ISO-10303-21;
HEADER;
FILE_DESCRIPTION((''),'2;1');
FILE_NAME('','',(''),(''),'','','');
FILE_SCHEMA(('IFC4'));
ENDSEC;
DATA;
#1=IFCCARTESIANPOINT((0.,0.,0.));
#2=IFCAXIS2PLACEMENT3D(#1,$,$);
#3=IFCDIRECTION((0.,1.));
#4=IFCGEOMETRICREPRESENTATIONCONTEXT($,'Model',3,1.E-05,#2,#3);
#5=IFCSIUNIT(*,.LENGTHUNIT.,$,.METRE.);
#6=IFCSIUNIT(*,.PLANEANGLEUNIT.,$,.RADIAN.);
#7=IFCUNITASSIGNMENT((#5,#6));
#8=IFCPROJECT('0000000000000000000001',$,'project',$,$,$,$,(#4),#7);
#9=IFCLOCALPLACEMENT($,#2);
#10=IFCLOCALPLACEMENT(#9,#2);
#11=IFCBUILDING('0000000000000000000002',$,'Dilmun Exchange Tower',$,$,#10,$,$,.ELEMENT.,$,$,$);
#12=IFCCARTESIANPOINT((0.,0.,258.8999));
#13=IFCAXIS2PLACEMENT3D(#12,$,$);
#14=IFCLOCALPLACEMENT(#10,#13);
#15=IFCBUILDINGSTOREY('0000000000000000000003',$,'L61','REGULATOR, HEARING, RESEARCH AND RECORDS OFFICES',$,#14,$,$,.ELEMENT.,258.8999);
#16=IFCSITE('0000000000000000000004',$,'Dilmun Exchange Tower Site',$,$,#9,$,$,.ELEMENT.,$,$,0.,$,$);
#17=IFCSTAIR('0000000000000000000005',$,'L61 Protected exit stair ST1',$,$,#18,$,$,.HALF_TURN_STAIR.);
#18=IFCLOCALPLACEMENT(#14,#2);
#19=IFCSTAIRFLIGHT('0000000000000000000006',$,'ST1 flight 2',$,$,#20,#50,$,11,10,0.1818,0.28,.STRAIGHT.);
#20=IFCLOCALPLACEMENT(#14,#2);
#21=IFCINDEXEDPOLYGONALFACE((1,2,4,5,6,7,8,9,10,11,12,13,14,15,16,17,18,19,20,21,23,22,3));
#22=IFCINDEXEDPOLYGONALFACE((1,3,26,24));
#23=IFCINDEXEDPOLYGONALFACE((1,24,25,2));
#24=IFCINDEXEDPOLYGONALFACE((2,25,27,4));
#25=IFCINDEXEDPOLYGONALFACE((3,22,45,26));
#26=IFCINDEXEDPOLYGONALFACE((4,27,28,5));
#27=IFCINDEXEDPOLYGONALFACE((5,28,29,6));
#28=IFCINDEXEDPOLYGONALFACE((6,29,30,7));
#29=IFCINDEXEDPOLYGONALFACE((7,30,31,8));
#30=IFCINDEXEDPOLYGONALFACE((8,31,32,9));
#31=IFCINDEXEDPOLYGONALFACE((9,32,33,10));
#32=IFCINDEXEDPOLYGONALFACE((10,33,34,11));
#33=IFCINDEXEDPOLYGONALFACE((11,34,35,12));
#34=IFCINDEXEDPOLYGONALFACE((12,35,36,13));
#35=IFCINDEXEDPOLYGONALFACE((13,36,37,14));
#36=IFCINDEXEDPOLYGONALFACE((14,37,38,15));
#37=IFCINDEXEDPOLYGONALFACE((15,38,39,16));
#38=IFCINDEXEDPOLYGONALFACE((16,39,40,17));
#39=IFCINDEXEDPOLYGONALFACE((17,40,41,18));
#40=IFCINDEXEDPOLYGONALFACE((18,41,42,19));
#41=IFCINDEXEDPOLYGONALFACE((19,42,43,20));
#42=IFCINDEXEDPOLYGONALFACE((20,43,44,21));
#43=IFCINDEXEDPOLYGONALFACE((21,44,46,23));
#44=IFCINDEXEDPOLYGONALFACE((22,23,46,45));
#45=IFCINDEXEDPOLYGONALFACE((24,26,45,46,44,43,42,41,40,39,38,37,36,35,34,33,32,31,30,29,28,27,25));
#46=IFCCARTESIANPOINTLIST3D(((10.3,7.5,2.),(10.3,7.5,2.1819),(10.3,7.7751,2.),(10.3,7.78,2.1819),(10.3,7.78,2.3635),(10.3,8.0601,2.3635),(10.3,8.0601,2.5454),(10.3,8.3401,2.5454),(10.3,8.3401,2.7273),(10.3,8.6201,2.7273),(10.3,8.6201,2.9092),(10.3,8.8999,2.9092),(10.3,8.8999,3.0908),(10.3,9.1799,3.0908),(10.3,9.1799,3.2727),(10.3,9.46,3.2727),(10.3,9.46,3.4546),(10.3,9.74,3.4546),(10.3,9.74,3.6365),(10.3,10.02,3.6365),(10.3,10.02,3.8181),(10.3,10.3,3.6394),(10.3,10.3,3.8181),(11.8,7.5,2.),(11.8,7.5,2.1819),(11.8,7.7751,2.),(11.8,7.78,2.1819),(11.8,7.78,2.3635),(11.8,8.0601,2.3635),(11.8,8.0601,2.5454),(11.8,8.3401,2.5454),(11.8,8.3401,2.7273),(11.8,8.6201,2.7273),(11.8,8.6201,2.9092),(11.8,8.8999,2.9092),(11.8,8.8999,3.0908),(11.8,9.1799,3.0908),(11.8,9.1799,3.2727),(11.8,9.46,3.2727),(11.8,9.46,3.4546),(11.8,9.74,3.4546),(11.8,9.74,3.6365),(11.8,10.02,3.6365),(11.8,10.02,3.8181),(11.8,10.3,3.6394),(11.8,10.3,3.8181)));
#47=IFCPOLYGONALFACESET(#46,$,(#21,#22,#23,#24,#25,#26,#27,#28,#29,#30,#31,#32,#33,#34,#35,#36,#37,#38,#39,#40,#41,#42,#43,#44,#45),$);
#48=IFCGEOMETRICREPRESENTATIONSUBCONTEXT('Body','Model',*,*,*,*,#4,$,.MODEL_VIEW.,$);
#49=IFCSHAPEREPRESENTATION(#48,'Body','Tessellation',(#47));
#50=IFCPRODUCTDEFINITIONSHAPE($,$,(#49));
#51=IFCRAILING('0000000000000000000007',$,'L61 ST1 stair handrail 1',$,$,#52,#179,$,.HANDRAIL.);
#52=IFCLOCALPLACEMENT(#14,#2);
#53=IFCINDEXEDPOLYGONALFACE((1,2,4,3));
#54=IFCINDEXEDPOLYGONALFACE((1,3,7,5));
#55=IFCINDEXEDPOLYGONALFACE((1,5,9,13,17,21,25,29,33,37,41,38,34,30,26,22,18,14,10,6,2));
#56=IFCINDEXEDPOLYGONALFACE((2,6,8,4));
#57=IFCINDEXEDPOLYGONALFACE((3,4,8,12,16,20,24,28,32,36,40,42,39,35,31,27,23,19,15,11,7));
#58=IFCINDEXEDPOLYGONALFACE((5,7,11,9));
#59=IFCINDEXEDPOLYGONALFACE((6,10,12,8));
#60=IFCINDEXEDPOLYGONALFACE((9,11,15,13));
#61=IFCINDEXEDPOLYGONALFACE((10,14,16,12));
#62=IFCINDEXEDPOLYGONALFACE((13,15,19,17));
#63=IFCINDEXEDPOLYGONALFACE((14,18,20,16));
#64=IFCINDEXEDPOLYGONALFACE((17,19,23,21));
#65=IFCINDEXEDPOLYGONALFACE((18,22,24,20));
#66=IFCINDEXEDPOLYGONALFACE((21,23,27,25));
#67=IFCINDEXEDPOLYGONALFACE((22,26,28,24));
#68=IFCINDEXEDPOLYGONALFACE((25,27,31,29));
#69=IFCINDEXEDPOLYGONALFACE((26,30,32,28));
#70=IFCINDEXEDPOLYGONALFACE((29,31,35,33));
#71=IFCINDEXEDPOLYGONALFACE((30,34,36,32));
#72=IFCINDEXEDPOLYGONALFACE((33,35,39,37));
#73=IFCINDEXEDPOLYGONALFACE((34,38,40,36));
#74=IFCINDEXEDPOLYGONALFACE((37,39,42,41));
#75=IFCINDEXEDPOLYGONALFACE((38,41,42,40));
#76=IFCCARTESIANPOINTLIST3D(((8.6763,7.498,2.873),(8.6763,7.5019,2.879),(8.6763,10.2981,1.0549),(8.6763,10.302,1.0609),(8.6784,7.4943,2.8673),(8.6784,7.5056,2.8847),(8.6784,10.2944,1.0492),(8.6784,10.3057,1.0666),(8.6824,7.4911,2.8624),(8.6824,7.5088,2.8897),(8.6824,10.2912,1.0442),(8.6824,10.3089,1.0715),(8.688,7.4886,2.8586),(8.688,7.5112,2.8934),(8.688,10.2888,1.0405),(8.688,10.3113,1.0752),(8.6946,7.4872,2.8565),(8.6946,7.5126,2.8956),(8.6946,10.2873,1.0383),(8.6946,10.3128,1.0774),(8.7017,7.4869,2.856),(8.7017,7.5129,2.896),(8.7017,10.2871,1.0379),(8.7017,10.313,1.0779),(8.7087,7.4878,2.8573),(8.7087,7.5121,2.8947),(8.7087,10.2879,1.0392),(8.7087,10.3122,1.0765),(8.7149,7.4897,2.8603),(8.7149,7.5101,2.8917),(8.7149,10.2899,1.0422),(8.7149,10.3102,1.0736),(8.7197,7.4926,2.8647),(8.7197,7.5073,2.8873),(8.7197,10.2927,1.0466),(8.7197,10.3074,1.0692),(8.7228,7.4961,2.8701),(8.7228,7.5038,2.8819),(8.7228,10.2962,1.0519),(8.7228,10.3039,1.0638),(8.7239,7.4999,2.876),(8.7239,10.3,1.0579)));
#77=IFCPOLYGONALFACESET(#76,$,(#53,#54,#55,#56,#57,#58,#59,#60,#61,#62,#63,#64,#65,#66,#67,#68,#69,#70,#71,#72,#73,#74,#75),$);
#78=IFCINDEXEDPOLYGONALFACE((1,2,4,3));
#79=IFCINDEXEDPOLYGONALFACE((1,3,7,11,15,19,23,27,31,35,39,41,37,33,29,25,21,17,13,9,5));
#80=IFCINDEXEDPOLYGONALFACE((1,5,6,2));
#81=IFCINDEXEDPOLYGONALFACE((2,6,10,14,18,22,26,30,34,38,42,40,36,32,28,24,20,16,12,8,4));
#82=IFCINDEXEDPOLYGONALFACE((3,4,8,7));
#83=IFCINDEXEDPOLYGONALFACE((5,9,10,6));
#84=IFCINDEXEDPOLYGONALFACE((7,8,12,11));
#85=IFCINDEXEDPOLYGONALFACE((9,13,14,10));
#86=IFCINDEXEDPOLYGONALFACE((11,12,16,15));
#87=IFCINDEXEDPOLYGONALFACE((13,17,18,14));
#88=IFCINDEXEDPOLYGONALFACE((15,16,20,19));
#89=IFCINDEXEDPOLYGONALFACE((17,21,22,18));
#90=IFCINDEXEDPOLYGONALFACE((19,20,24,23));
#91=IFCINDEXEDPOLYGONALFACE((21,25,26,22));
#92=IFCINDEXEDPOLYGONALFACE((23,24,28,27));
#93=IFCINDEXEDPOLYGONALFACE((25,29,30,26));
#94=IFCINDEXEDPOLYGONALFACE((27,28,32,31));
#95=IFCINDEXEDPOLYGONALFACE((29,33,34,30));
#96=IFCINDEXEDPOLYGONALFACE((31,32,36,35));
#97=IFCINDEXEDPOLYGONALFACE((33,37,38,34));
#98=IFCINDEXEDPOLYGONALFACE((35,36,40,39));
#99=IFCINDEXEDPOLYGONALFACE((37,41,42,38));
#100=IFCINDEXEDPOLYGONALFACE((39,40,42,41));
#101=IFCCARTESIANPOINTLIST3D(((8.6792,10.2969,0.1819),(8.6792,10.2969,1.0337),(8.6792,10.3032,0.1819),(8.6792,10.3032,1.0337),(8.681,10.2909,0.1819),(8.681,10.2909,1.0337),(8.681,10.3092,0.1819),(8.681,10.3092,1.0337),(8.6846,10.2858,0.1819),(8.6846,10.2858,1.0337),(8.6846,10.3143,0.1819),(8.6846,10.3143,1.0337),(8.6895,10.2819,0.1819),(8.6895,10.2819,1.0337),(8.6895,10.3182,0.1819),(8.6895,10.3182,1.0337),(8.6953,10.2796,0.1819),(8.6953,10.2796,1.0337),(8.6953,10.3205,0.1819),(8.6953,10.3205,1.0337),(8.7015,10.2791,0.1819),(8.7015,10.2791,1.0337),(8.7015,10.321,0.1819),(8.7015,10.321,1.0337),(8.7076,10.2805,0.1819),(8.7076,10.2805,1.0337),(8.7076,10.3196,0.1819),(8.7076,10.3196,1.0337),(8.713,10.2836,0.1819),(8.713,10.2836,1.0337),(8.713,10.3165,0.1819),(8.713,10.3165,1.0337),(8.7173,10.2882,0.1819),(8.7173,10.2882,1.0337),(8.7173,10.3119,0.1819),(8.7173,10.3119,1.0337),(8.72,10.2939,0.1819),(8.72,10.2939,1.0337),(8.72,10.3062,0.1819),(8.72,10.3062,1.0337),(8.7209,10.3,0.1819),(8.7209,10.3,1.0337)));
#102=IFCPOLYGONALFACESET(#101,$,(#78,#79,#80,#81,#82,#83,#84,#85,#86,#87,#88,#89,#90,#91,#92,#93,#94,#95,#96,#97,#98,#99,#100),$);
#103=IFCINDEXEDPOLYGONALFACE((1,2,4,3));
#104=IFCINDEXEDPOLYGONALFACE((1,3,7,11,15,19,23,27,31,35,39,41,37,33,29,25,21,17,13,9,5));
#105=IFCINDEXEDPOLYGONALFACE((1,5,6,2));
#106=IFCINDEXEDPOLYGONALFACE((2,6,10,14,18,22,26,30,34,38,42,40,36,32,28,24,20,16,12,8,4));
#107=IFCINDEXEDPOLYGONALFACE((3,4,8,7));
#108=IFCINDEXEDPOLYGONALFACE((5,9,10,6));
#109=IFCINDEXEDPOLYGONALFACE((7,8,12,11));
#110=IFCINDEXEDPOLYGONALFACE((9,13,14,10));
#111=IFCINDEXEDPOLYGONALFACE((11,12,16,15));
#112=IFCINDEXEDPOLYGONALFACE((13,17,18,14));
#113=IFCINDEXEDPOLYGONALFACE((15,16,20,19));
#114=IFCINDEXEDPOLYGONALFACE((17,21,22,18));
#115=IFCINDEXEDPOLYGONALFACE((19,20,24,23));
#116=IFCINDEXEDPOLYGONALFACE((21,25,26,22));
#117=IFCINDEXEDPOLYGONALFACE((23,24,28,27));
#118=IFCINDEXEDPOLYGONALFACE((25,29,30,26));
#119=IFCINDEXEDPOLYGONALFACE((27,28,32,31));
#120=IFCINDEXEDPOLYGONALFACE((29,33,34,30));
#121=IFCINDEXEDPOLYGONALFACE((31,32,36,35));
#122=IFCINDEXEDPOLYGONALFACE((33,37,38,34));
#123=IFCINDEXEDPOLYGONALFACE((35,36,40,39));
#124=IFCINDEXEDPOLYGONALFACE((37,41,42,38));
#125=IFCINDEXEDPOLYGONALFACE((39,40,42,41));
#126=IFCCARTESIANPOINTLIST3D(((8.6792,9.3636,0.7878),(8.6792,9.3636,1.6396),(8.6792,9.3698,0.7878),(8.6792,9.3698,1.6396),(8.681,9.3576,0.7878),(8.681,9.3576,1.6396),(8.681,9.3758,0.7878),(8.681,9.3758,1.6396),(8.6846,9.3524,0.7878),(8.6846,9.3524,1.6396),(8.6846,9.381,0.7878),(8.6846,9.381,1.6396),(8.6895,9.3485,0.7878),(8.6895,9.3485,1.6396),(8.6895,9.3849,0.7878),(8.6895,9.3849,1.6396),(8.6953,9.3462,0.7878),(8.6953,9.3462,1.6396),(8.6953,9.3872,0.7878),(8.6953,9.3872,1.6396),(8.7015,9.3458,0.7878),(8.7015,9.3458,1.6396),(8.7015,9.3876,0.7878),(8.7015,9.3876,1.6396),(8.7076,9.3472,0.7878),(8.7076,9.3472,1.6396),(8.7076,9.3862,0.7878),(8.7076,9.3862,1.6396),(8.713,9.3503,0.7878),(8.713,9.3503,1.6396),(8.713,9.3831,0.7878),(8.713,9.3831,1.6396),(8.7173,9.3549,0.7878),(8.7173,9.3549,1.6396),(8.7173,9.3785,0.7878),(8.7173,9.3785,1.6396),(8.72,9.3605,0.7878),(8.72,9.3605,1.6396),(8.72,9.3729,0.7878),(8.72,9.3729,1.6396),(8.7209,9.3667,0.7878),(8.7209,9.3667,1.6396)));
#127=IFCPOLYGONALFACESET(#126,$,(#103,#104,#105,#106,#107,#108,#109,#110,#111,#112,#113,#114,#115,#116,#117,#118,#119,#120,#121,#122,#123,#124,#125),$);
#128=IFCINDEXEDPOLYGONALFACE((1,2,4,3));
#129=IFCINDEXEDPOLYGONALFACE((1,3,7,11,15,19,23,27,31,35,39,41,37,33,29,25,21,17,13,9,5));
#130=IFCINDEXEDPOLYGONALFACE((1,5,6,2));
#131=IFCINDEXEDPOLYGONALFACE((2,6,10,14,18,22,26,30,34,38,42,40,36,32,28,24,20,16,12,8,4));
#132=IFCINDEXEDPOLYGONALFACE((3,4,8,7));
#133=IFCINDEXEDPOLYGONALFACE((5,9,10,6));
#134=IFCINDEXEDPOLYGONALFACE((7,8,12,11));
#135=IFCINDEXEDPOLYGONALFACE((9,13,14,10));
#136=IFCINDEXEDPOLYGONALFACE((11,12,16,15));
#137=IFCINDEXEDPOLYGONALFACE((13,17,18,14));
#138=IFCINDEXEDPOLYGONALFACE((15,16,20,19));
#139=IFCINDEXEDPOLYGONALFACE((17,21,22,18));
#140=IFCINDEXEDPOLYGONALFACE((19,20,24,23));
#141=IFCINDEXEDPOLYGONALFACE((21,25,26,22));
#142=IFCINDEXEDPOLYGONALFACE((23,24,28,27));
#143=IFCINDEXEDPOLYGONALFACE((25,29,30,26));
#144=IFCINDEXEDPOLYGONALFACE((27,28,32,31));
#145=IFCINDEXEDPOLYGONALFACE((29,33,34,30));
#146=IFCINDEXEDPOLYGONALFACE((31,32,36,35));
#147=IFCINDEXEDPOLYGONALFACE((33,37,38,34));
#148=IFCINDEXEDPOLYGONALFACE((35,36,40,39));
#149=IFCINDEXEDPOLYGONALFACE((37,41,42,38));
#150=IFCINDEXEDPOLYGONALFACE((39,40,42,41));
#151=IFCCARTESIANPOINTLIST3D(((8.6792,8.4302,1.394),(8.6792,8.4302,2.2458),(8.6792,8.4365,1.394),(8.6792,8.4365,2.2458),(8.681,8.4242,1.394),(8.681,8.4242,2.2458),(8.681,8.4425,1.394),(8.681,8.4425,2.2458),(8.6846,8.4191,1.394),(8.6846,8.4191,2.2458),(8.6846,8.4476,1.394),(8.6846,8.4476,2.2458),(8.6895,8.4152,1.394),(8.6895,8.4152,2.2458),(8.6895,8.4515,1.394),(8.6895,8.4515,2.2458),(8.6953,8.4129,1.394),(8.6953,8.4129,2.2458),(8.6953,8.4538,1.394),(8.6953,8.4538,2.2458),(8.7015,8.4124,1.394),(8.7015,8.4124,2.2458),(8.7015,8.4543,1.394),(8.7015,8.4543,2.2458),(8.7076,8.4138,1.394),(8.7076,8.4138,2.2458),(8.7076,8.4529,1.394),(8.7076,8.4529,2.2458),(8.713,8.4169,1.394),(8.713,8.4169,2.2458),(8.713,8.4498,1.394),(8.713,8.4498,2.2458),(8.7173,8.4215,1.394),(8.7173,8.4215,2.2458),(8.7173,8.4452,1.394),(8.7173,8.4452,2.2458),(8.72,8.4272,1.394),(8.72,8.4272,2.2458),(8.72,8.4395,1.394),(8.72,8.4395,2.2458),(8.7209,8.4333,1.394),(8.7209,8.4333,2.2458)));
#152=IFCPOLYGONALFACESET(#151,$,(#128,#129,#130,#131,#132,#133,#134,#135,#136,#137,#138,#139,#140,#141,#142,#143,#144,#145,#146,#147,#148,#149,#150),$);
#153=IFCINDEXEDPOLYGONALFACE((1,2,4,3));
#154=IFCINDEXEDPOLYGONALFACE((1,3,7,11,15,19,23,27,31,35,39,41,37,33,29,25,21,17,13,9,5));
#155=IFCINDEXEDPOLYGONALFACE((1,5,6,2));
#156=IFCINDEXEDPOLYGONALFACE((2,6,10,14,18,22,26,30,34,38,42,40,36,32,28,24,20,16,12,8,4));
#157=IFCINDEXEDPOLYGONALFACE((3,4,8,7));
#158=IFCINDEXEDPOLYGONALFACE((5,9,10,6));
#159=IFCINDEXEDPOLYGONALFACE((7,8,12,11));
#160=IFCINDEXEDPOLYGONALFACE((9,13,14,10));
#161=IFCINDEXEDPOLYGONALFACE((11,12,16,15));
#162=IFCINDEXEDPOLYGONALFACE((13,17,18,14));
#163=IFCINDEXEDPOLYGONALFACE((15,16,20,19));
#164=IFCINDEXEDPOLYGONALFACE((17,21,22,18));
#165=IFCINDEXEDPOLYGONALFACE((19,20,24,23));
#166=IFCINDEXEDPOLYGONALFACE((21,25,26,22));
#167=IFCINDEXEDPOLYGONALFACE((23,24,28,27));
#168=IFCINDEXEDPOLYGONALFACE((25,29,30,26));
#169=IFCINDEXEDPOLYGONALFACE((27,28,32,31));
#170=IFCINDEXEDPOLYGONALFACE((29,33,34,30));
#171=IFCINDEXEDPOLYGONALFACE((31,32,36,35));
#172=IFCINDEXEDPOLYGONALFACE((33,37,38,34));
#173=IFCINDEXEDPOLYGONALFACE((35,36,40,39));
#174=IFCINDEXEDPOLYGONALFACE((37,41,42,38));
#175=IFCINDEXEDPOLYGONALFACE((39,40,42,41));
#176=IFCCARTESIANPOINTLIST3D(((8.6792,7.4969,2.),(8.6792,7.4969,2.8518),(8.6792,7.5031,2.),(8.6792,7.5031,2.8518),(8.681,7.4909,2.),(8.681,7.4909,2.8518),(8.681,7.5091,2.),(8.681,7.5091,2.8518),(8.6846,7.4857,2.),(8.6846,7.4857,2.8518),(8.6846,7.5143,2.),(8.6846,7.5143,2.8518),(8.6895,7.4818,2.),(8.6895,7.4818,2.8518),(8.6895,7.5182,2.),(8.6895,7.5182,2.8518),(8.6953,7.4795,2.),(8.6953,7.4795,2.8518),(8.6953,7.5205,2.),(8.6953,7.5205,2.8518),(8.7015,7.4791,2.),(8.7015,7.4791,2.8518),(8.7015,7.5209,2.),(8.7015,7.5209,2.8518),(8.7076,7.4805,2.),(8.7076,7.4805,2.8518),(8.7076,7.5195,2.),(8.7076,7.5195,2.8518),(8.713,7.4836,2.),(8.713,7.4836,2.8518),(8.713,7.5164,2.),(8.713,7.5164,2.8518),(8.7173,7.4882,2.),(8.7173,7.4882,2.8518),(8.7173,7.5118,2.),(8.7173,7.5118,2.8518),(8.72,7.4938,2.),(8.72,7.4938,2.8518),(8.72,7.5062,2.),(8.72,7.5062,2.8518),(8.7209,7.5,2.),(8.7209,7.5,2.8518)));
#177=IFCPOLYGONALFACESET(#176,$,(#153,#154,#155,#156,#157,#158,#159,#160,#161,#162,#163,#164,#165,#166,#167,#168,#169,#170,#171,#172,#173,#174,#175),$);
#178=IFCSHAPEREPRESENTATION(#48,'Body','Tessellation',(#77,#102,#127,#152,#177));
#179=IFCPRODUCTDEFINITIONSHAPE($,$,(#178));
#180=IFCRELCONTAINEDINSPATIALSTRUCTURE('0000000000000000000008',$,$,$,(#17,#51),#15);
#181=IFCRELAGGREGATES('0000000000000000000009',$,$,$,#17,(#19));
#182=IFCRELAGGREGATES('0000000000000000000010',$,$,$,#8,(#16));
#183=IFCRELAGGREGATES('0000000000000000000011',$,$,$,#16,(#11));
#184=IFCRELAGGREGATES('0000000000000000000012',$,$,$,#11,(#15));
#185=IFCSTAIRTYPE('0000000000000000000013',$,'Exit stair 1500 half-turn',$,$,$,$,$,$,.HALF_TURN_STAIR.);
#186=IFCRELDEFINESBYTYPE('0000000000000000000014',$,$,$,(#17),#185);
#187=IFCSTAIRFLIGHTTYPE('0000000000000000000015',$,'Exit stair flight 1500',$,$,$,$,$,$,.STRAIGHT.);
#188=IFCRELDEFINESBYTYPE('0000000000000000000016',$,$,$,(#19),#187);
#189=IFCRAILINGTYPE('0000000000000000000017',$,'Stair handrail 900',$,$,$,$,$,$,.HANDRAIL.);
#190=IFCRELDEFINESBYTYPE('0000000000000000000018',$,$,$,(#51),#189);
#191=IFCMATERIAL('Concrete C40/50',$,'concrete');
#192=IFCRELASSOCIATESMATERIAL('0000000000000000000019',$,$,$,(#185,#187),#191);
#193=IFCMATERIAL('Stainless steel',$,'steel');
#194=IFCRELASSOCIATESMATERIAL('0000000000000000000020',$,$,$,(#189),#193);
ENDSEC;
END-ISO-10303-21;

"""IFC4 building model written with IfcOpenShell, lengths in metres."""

from ifc_helpers import new_model, si_unit, direction, frame, origin, origin_2d, place, context, subcontext, project, spatial, polyline, circle, outline, extrude, material, type_object, element, aggregate, save


model = new_model("IFC4")

# Units and contexts
model_context = context("Model", 3, precision=1e-05, world=origin(), true_north=direction((0.0, 1.0)))
body_context = subcontext(model_context, "Body", "Model", "MODEL_VIEW")
ifc_project = project(units=[si_unit("LENGTHUNIT", "METRE"), si_unit("PLANEANGLEUNIT", "RADIAN")], contexts=[model_context])

# Site, building, storey
site_placement = place(None, origin())
site = spatial("IfcSite", under=ifc_project, at=site_placement, Name="Dilmun Exchange Tower Site", CompositionType="ELEMENT", RefElevation=0.0)
building_placement = place(site_placement, origin())
building = spatial("IfcBuilding", under=site, at=building_placement, Name="Dilmun Exchange Tower", CompositionType="ELEMENT")
storey_placement = place(building_placement, frame((0.0, 0.0, 258.8999)))
storey = spatial("IfcBuildingStorey", under=building, at=storey_placement, Name="L61", Description="REGULATOR, HEARING, RESEARCH AND RECORDS OFFICES", CompositionType="ELEMENT", Elevation=258.8999)

# Shared definitions
ifc_material_1 = material(Name="Concrete C40/50", Category="concrete")

# Stair, stair flight
stair_type = type_object("IfcStairType", Name="Exit stair 1500 half-turn", PredefinedType="HALF_TURN_STAIR", material=ifc_material_1)
stair_placement = place(storey_placement, origin())
stair = element("IfcStair", 1, at=stair_placement, inside=storey, type_object=stair_type, Name="L61 Protected exit stair ST1", PredefinedType="HALF_TURN_STAIR")
stair_flight_type = type_object("IfcStairFlightType", Name="Exit stair flight 1500", PredefinedType="STRAIGHT", material=ifc_material_1)
stair_flight_1_placement = place(storey_placement, frame((11.05, 7.5, 2.0), z_axis=(0.0, 0.0, 1.0), x_axis=(0.0, 1.0, 0.0)))
stair_flight_1 = element("IfcStairFlight", 2, at=stair_flight_1_placement, type_object=stair_flight_type, Name="ST1 flight 2", NumberOfRisers=11, NumberOfTreads=10, PredefinedType="STRAIGHT", RiserHeight=0.1818, TreadLength=0.28, context=body_context, shape_type="SweptSolid", body=[
    extrude(outline(polyline([(0.0, 0.0), (0.0, 0.1819), (0.28, 0.1819), (0.28, 0.3635), (0.5601, 0.3635), (0.5601, 0.5454), (0.8401, 0.5454), (0.8401, 0.7273), (1.1201, 0.7273), (1.1201, 0.9092), (1.3999, 0.9092), (1.3999, 1.0908), (1.6799, 1.0908), (1.6799, 1.2727), (1.96, 1.2727), (1.96, 1.4546), (2.24, 1.4546), (2.24, 1.6365), (2.52, 1.6365), (2.52, 1.8181), (2.8, 1.8181), (2.8, 2.0), (2.8, 1.6394), (0.2751, 0.0), (0.0, 0.0)])), frame((0.0, 0.75, 0.0), z_axis=(0.0, -1.0, 0.0), x_axis=(1.0, 0.0, 0.0)), (0.0, 0.0, 1.0), 1.5),
])
aggregate(stair, [stair_flight_1])

# Railing
ifc_material_2 = material(Name="Stainless steel", Category="steel")
railing_type = type_object("IfcRailingType", Name="Stair handrail 900", PredefinedType="HANDRAIL", material=ifc_material_2)
railing_1_placement = place(storey_placement, frame((8.7, 10.3, 0.1819)))
element("IfcRailing", 3, at=railing_1_placement, inside=storey, type_object=railing_type, Name="L61 ST1 stair handrail 1", PredefinedType="HANDRAIL", context=body_context, shape_type="SweptSolid", body=[
    extrude(circle(Radius=0.0239, at=origin_2d()), frame((0.0, 0.0, 0.876), z_axis=(0.0, -0.838706, 0.544585), x_axis=(1.0, 0.0, 0.0)), (0.0, 0.0, 1.0), 3.3386),
    extrude(circle(Radius=0.021, at=origin_2d()), origin(), (0.0, 0.0, 1.0), 0.8518),
    extrude(circle(Radius=0.021, at=origin_2d()), frame((0.0, -0.9333, 0.606)), (0.0, 0.0, 1.0), 0.8518),
    extrude(circle(Radius=0.021, at=origin_2d()), frame((0.0, -1.8667, 1.2122)), (0.0, 0.0, 1.0), 0.8518),
    extrude(circle(Radius=0.021, at=origin_2d()), frame((0.0, -2.8, 1.8181)), (0.0, 0.0, 1.0), 0.8518),
])

save(model, "model.ifc")
